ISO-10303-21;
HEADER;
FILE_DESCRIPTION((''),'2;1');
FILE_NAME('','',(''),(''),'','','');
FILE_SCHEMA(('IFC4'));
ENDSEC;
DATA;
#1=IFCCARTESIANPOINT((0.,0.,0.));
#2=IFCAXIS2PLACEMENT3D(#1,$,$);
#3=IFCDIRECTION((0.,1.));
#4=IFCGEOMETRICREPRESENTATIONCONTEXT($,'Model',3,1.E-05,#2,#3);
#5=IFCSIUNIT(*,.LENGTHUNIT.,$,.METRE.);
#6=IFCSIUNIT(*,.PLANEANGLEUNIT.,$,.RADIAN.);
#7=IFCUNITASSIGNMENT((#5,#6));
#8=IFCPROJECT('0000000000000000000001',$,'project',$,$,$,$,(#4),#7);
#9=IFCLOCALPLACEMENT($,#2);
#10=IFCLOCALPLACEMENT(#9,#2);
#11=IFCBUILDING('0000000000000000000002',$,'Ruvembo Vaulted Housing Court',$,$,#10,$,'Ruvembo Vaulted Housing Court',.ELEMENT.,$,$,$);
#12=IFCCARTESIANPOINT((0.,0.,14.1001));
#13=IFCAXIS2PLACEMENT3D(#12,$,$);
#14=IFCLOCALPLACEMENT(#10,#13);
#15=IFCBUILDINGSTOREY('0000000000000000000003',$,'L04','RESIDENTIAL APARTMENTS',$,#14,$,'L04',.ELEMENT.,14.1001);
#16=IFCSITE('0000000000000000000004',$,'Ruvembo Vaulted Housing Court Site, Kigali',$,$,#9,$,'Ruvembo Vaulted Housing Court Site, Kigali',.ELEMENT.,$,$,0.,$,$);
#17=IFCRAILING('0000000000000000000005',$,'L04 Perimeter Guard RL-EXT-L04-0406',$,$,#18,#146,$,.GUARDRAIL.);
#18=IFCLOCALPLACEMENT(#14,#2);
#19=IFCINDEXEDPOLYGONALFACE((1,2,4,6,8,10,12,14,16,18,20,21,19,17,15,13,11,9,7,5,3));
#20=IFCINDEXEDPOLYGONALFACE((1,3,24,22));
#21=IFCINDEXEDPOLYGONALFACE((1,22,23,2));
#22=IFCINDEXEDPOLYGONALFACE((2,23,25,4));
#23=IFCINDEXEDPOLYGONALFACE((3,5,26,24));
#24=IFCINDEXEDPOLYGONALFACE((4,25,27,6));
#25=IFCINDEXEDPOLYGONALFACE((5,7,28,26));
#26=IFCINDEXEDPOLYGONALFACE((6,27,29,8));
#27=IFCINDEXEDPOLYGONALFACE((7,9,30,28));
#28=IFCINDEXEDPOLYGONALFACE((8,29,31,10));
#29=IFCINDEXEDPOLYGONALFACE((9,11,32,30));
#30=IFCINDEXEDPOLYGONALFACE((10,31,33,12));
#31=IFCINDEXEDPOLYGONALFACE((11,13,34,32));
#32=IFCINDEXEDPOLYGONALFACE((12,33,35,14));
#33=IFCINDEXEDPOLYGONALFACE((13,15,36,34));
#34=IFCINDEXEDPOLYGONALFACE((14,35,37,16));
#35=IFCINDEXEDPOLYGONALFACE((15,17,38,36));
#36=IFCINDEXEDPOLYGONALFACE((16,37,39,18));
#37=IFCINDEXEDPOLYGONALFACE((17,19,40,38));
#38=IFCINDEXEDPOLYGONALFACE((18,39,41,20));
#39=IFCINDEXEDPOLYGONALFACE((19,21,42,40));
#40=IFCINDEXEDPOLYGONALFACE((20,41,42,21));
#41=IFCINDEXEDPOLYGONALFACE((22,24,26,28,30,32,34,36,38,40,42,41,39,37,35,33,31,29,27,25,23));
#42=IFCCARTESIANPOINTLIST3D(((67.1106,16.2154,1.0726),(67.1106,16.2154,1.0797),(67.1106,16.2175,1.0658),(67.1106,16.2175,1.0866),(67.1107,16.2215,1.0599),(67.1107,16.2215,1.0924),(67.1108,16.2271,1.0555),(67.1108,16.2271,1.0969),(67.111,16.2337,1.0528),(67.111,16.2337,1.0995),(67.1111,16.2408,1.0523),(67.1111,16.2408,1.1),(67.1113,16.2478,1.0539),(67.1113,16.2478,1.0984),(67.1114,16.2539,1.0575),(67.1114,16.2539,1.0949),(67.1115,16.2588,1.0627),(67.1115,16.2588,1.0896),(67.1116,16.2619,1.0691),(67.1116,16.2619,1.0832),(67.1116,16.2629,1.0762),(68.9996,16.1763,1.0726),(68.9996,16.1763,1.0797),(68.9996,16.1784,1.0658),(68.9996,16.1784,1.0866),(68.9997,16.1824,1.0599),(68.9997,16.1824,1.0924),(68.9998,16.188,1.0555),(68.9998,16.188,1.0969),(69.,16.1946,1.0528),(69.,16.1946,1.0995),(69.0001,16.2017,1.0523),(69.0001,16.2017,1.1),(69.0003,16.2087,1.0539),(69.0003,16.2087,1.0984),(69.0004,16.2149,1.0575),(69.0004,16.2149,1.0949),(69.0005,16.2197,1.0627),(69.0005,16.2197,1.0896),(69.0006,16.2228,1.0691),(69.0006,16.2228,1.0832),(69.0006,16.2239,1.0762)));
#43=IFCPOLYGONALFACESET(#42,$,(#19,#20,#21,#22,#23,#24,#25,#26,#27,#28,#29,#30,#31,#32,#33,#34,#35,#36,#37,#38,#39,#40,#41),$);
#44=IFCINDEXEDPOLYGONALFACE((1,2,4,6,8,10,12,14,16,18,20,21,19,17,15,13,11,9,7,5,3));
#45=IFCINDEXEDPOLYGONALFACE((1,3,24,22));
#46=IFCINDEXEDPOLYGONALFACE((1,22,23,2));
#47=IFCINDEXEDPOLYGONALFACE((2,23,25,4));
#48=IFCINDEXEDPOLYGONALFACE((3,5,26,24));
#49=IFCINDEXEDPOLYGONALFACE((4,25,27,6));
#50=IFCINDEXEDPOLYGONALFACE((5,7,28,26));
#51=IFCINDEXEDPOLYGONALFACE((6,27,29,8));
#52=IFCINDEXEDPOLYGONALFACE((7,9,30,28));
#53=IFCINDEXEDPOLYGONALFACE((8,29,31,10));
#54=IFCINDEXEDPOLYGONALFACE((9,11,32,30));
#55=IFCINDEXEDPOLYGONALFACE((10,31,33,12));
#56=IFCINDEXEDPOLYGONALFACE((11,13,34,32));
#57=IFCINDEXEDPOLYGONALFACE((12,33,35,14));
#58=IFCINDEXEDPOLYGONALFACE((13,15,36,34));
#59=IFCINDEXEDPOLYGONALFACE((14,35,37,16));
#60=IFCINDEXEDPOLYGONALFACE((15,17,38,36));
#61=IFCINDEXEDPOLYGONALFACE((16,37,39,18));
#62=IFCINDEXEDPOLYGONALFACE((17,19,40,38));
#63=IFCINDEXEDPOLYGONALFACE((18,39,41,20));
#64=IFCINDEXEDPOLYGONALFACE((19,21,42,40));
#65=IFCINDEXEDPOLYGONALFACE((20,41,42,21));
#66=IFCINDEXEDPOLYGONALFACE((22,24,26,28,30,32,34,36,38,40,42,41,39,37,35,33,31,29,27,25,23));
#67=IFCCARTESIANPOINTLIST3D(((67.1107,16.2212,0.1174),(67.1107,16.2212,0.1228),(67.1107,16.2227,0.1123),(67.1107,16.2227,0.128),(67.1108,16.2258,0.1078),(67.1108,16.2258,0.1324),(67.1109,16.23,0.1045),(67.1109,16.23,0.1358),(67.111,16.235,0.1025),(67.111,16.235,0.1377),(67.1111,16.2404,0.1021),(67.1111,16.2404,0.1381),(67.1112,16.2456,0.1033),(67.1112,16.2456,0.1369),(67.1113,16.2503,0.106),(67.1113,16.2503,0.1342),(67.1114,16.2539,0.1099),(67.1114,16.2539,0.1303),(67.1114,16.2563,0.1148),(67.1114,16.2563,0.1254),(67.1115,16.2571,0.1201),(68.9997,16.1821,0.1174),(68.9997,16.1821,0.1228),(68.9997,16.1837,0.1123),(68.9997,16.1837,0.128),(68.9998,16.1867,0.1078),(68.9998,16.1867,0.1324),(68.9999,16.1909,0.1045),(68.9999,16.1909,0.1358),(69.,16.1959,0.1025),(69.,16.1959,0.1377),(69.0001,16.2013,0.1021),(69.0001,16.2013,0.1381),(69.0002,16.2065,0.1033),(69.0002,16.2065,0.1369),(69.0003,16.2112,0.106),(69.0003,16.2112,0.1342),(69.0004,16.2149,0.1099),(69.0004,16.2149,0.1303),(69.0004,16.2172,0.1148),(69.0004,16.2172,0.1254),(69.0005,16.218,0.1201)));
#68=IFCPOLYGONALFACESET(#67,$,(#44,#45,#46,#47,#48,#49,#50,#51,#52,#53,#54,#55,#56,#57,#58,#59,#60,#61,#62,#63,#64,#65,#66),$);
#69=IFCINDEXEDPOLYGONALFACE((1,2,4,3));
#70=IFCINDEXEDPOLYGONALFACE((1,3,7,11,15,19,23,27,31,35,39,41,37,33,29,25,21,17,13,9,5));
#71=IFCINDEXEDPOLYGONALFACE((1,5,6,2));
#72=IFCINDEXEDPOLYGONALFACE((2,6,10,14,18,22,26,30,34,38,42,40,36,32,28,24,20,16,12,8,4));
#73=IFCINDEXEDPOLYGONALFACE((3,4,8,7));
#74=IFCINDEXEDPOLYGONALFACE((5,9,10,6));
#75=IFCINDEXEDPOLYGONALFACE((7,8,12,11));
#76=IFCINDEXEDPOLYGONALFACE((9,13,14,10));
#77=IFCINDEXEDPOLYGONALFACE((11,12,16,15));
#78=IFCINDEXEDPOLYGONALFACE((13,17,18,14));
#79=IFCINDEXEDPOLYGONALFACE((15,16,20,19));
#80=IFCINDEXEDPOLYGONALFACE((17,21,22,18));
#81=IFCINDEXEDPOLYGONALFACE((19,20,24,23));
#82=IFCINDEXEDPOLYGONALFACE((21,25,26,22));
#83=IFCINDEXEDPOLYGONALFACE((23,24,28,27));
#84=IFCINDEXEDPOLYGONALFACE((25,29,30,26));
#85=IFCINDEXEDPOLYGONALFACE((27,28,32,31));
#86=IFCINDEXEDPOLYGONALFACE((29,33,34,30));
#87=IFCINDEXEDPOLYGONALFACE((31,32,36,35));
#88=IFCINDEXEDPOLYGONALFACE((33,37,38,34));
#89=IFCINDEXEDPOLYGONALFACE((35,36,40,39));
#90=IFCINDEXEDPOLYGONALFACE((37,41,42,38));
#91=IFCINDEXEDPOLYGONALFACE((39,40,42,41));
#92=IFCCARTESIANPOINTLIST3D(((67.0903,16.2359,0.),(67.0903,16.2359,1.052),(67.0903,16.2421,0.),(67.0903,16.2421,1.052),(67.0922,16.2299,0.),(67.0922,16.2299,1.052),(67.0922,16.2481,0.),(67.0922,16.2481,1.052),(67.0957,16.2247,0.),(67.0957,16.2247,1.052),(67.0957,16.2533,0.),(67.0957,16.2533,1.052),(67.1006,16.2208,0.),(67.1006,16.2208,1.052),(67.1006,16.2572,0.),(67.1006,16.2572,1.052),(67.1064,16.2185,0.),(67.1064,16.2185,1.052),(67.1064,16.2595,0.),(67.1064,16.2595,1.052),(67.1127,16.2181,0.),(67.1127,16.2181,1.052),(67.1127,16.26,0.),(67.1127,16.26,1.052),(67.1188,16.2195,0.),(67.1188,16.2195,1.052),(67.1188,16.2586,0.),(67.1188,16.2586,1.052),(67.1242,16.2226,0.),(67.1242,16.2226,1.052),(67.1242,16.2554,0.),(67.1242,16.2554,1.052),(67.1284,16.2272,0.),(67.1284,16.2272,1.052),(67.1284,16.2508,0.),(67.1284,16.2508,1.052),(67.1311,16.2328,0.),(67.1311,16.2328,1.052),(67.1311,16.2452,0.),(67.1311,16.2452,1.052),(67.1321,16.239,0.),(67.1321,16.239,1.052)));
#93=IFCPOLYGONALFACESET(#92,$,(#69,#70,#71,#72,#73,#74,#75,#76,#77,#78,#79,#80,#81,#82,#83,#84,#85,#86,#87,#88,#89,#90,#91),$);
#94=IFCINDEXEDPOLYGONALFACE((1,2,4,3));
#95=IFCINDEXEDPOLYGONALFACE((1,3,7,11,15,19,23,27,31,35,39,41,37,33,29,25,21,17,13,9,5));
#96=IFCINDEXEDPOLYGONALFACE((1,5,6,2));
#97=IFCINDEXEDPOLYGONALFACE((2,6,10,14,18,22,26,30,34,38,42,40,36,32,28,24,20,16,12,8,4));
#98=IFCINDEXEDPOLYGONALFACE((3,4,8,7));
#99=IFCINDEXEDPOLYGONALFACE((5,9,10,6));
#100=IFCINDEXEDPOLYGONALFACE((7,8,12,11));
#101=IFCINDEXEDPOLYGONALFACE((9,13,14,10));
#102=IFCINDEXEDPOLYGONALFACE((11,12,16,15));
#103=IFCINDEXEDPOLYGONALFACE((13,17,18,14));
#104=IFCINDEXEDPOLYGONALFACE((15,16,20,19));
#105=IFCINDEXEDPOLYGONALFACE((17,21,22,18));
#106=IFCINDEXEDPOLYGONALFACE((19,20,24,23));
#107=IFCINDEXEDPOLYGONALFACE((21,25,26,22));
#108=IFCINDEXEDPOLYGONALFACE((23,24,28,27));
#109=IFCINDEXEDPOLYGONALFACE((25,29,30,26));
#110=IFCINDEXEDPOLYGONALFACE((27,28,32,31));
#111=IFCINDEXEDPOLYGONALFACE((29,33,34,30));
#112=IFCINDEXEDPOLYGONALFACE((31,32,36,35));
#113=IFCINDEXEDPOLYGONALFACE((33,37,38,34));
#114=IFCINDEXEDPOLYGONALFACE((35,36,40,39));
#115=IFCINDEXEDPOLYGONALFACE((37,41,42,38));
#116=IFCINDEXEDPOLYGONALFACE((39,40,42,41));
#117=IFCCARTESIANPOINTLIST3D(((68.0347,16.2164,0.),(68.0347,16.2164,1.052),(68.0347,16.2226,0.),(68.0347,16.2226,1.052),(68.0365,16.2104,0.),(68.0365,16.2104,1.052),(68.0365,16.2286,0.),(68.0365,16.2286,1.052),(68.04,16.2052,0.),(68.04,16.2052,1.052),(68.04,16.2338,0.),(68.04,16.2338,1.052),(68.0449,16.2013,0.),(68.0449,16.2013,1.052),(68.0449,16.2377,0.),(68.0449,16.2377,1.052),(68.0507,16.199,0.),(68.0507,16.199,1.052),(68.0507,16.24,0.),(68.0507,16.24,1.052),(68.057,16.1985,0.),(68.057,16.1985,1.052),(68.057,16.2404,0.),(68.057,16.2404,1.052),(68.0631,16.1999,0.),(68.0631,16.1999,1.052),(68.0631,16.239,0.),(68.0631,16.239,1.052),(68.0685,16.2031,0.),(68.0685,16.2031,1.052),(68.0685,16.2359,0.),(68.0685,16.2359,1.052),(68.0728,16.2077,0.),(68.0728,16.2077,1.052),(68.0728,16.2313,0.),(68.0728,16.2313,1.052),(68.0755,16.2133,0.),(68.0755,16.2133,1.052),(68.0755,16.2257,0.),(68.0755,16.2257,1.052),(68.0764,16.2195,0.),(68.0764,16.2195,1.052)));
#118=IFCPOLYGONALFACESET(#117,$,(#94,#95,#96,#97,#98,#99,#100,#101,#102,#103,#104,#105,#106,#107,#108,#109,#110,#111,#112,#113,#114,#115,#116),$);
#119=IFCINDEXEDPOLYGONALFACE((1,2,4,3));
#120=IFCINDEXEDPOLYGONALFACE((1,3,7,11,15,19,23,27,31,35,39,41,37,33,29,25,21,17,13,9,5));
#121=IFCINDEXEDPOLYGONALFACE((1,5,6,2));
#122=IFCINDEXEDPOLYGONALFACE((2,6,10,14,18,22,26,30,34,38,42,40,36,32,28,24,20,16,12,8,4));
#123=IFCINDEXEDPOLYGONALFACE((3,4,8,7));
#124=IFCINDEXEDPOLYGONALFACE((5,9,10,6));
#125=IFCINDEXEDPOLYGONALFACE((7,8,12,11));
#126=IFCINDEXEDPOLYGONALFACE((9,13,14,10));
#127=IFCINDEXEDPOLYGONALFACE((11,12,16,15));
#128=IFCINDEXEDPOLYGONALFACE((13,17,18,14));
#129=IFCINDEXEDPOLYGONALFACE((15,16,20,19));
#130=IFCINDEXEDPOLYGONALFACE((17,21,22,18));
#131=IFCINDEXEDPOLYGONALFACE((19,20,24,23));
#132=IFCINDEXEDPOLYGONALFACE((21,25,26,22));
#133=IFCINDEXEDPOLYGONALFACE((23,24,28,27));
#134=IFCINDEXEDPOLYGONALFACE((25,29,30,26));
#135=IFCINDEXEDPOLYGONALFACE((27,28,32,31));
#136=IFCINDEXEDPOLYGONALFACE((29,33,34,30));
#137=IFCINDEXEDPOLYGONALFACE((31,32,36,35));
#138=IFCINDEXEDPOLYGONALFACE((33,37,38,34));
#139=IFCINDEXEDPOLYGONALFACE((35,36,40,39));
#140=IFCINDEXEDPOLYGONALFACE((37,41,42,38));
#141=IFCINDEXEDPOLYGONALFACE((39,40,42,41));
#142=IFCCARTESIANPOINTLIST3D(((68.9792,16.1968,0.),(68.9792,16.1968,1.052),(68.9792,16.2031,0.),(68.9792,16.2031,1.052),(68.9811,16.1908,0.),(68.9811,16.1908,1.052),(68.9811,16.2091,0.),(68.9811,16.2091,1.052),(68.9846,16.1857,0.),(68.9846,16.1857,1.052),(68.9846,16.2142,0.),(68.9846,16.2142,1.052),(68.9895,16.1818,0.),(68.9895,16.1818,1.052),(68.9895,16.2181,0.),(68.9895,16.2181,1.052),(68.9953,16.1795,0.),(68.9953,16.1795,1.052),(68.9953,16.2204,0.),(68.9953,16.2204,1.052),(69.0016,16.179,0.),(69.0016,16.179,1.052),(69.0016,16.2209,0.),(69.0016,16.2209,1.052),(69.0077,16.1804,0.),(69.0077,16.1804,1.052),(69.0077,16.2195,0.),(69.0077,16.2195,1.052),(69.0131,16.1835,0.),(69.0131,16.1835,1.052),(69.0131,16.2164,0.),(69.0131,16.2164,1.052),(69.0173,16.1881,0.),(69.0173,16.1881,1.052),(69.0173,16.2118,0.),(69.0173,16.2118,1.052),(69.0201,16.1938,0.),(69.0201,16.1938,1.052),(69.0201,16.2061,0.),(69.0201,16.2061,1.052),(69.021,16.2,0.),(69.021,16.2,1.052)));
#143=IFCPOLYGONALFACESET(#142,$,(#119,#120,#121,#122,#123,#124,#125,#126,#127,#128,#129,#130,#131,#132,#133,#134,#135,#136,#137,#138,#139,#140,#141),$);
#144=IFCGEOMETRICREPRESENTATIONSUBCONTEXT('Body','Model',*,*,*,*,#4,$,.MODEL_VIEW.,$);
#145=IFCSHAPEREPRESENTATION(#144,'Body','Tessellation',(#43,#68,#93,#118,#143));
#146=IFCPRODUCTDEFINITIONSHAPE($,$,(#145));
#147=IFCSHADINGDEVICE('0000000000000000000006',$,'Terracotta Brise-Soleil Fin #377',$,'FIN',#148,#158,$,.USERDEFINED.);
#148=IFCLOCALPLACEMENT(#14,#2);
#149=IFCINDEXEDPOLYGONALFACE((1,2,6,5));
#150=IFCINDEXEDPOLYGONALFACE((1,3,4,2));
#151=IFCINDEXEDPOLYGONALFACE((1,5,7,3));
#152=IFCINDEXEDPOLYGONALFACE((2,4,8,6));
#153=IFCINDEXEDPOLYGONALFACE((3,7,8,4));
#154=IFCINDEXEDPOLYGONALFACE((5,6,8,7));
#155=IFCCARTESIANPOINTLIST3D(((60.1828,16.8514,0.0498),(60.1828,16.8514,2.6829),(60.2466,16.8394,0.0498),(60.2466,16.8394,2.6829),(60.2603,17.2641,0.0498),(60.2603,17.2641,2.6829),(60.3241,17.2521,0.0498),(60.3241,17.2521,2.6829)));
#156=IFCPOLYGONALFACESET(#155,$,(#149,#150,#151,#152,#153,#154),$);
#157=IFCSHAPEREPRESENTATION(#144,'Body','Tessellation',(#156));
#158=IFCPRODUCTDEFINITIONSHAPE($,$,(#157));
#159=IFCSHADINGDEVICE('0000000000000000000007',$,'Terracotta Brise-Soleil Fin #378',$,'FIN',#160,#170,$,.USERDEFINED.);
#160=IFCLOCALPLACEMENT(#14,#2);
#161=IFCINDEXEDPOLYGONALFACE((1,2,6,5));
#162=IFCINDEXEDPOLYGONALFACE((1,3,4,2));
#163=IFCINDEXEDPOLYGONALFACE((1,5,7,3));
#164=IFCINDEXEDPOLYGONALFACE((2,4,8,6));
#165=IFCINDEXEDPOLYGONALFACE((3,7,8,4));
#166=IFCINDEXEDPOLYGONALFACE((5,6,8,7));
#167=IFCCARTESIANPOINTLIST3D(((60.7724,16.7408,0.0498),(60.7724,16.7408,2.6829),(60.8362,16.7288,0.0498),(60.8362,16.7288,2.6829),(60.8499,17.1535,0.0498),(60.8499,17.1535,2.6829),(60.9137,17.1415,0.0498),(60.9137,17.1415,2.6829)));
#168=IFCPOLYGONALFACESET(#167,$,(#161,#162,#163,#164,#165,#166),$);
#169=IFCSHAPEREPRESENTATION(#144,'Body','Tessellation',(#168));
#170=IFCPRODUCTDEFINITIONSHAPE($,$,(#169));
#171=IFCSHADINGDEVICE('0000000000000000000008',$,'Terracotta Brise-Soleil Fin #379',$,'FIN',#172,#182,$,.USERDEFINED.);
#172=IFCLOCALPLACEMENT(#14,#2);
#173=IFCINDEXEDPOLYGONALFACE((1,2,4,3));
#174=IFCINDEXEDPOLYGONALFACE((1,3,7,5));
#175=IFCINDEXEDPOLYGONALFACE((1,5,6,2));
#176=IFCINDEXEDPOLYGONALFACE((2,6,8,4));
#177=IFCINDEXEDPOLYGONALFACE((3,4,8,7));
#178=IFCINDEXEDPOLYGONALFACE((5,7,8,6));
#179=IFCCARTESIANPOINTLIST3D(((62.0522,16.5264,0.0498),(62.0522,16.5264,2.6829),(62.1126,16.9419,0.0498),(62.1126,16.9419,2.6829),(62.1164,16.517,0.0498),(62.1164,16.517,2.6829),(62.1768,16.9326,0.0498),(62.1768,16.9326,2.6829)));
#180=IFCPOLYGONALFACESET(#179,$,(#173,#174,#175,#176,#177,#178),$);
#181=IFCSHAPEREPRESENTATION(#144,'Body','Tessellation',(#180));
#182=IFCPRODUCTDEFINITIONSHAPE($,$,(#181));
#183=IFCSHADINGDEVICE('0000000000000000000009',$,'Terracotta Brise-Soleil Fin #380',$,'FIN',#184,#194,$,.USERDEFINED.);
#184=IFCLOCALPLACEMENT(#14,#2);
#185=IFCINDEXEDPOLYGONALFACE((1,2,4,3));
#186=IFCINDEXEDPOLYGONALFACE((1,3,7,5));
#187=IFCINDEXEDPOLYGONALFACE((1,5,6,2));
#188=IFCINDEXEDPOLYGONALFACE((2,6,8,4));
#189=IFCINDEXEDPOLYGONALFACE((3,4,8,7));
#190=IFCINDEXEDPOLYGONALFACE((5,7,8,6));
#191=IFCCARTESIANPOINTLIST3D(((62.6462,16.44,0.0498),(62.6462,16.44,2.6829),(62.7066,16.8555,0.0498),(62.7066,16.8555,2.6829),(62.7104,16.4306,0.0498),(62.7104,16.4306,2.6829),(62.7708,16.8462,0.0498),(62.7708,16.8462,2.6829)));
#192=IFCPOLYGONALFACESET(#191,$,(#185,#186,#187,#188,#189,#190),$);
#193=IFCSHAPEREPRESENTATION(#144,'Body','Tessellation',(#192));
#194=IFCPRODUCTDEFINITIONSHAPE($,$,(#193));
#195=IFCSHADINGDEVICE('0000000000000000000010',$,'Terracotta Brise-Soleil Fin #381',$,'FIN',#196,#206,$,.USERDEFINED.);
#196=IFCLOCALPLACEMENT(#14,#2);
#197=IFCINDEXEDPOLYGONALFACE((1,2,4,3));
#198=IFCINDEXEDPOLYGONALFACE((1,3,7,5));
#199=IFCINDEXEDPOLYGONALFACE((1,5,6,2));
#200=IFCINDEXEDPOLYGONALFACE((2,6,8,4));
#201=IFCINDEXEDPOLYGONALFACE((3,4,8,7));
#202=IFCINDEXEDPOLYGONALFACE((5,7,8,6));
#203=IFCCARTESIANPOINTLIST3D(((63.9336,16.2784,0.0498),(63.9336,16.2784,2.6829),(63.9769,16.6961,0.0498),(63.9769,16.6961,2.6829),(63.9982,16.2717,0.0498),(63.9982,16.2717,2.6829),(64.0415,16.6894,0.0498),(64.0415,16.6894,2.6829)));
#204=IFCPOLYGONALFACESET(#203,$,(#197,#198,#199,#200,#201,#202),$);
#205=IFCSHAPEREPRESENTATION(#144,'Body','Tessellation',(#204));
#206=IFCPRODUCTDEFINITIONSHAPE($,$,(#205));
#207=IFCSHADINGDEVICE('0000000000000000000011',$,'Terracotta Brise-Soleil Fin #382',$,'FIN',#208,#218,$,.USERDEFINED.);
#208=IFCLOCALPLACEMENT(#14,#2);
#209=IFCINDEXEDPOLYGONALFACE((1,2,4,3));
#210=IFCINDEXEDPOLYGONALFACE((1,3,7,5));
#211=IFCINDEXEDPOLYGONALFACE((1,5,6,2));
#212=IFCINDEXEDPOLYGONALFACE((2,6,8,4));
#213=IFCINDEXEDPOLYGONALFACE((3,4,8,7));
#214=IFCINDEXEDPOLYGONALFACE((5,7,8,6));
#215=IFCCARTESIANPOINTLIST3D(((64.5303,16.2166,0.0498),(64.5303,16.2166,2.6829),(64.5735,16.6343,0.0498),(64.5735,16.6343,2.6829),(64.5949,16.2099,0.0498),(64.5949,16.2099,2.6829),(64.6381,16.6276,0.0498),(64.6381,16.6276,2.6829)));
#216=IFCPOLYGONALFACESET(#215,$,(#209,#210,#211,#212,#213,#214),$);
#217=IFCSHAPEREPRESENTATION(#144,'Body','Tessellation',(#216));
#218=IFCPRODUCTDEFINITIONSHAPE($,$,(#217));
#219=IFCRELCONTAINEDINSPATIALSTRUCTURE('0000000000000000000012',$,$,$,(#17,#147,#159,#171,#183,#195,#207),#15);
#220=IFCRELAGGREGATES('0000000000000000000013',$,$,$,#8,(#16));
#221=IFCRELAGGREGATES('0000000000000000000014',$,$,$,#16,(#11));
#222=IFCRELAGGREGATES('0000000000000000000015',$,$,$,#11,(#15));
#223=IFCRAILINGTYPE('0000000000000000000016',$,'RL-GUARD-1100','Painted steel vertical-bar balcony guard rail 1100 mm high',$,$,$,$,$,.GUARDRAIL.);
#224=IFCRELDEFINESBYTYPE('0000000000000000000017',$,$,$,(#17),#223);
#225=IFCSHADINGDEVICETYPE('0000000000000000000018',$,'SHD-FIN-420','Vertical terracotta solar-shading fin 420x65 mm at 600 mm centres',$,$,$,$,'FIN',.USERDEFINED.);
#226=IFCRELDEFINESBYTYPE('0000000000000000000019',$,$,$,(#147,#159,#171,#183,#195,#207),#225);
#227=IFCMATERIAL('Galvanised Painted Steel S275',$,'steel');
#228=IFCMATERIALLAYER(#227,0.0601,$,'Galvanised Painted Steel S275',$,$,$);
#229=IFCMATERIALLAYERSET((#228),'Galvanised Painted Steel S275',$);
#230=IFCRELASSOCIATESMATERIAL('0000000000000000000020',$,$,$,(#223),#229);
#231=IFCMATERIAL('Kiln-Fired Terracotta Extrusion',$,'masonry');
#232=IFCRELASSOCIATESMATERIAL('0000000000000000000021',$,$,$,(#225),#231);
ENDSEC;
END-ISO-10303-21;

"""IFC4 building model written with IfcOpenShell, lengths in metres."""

from ifc_helpers import new_model, si_unit, direction, frame, origin, origin_2d, place, context, subcontext, project, spatial, rectangle, circle, extrude, material, layer, layer_set, type_object, element, save


model = new_model("IFC4")

# Units and contexts
model_context = context("Model", 3, precision=1e-05, world=origin(), true_north=direction((0.0, 1.0)))
body_context = subcontext(model_context, "Body", "Model", "MODEL_VIEW")
ifc_project = project(units=[si_unit("LENGTHUNIT", "METRE"), si_unit("PLANEANGLEUNIT", "RADIAN")], contexts=[model_context])

# Site, building, storey
site_placement = place(None, origin())
site = spatial("IfcSite", under=ifc_project, at=site_placement, Name="Ruvembo Vaulted Housing Court Site, Kigali", LongName="Ruvembo Vaulted Housing Court Site, Kigali", CompositionType="ELEMENT", RefElevation=0.0)
building_placement = place(site_placement, origin())
building = spatial("IfcBuilding", under=site, at=building_placement, Name="Ruvembo Vaulted Housing Court", LongName="Ruvembo Vaulted Housing Court", CompositionType="ELEMENT")
storey_placement = place(building_placement, frame((0.0, 0.0, 14.1001)))
storey = spatial("IfcBuildingStorey", under=building, at=storey_placement, Name="L04", Description="RESIDENTIAL APARTMENTS", LongName="L04", CompositionType="ELEMENT", Elevation=14.1001)

# Railing
ifc_material_1 = material(Name="Galvanised Painted Steel S275", Category="steel")
ifc_layer = layer(ifc_material_1, 0.0601, Name="Galvanised Painted Steel S275")
ifc_layer_set = layer_set([ifc_layer], Name="Galvanised Painted Steel S275")
railing_type = type_object("IfcRailingType", Name="RL-GUARD-1100", Description="Painted steel vertical-bar balcony guard rail 1100 mm high", PredefinedType="GUARDRAIL", material=ifc_layer_set)
railing_1_placement = place(storey_placement, frame((67.1111, 16.239, 0.0)))
element("IfcRailing", 1, at=railing_1_placement, inside=storey, type_object=railing_type, Name="L04 Perimeter Guard RL-EXT-L04-0406", PredefinedType="GUARDRAIL", context=body_context, shape_type="SweptSolid", body=[
    extrude(circle(Radius=0.0239, at=origin_2d()), frame((0.0, 0.0, 1.0762), z_axis=(0.999786, -0.020675, 0.0), x_axis=(0.020675, 0.999786, 0.0)), (0.0, 0.0, 1.0), 1.8894),
    extrude(circle(Radius=0.0181, at=origin_2d()), frame((0.0, 0.0, 0.1201), z_axis=(0.999786, -0.020675, 0.0), x_axis=(0.020675, 0.999786, 0.0)), (0.0, 0.0, 1.0), 1.8894),
    extrude(circle(Radius=0.021, at=origin_2d()), origin(), (0.0, 0.0, 1.0), 1.052),
    extrude(circle(Radius=0.021, at=origin_2d()), frame((0.9443, -0.0195, 0.0)), (0.0, 0.0, 1.0), 1.052),
    extrude(circle(Radius=0.021, at=origin_2d()), frame((1.8889, -0.0391, 0.0)), (0.0, 0.0, 1.0), 1.052),
])

# Shading devices
ifc_material_2 = material(Name="Kiln-Fired Terracotta Extrusion", Category="masonry")
shading_device_type = type_object("IfcShadingDeviceType", Name="SHD-FIN-420", Description="Vertical terracotta solar-shading fin 420x65 mm at 600 mm centres", ElementType="FIN", PredefinedType="USERDEFINED", material=ifc_material_2)
for number, where, z_axis, x_axis, name in (
    (2, (60.2534, 17.0518, 0.0498), (0.0, 0.0, 1.0), (-0.184569, -0.98282, 0.0), "Terracotta Brise-Soleil Fin #377"),
    (3, (60.843, 16.9412, 0.0498), (0.0, 0.0, 1.0), (-0.184569, -0.98282, 0.0), "Terracotta Brise-Soleil Fin #378"),
    (4, (62.1145, 16.7295, 0.0498), (0.0, 0.0, 1.0), (-0.143873, -0.989596, 0.0), "Terracotta Brise-Soleil Fin #379"),
    (5, (62.7085, 16.6431, 0.0498), (0.0, 0.0, 1.0), (-0.143873, -0.989596, 0.0), "Terracotta Brise-Soleil Fin #380"),
    (6, (63.9875, 16.4839, 0.0498), (0.0, 0.0, 1.0), (-0.102949, -0.994687, 0.0), "Terracotta Brise-Soleil Fin #381"),
    (7, (64.5842, 16.4221, 0.0498), (0.0, 0.0, 1.0), (-0.102949, -0.994687, 0.0), "Terracotta Brise-Soleil Fin #382"),
):
    element("IfcShadingDevice", number, at=place(storey_placement, frame(where, z_axis=z_axis, x_axis=x_axis)), inside=storey, type_object=shading_device_type, Name=name, ObjectType="FIN", PredefinedType="USERDEFINED", context=body_context, shape_type="SweptSolid", body=[
        extrude(rectangle(XDim=0.4199, YDim=0.0649, at=origin_2d()), origin(), (0.0, 0.0, 1.0), 2.6331),
    ])

save(model, "model.ifc")
